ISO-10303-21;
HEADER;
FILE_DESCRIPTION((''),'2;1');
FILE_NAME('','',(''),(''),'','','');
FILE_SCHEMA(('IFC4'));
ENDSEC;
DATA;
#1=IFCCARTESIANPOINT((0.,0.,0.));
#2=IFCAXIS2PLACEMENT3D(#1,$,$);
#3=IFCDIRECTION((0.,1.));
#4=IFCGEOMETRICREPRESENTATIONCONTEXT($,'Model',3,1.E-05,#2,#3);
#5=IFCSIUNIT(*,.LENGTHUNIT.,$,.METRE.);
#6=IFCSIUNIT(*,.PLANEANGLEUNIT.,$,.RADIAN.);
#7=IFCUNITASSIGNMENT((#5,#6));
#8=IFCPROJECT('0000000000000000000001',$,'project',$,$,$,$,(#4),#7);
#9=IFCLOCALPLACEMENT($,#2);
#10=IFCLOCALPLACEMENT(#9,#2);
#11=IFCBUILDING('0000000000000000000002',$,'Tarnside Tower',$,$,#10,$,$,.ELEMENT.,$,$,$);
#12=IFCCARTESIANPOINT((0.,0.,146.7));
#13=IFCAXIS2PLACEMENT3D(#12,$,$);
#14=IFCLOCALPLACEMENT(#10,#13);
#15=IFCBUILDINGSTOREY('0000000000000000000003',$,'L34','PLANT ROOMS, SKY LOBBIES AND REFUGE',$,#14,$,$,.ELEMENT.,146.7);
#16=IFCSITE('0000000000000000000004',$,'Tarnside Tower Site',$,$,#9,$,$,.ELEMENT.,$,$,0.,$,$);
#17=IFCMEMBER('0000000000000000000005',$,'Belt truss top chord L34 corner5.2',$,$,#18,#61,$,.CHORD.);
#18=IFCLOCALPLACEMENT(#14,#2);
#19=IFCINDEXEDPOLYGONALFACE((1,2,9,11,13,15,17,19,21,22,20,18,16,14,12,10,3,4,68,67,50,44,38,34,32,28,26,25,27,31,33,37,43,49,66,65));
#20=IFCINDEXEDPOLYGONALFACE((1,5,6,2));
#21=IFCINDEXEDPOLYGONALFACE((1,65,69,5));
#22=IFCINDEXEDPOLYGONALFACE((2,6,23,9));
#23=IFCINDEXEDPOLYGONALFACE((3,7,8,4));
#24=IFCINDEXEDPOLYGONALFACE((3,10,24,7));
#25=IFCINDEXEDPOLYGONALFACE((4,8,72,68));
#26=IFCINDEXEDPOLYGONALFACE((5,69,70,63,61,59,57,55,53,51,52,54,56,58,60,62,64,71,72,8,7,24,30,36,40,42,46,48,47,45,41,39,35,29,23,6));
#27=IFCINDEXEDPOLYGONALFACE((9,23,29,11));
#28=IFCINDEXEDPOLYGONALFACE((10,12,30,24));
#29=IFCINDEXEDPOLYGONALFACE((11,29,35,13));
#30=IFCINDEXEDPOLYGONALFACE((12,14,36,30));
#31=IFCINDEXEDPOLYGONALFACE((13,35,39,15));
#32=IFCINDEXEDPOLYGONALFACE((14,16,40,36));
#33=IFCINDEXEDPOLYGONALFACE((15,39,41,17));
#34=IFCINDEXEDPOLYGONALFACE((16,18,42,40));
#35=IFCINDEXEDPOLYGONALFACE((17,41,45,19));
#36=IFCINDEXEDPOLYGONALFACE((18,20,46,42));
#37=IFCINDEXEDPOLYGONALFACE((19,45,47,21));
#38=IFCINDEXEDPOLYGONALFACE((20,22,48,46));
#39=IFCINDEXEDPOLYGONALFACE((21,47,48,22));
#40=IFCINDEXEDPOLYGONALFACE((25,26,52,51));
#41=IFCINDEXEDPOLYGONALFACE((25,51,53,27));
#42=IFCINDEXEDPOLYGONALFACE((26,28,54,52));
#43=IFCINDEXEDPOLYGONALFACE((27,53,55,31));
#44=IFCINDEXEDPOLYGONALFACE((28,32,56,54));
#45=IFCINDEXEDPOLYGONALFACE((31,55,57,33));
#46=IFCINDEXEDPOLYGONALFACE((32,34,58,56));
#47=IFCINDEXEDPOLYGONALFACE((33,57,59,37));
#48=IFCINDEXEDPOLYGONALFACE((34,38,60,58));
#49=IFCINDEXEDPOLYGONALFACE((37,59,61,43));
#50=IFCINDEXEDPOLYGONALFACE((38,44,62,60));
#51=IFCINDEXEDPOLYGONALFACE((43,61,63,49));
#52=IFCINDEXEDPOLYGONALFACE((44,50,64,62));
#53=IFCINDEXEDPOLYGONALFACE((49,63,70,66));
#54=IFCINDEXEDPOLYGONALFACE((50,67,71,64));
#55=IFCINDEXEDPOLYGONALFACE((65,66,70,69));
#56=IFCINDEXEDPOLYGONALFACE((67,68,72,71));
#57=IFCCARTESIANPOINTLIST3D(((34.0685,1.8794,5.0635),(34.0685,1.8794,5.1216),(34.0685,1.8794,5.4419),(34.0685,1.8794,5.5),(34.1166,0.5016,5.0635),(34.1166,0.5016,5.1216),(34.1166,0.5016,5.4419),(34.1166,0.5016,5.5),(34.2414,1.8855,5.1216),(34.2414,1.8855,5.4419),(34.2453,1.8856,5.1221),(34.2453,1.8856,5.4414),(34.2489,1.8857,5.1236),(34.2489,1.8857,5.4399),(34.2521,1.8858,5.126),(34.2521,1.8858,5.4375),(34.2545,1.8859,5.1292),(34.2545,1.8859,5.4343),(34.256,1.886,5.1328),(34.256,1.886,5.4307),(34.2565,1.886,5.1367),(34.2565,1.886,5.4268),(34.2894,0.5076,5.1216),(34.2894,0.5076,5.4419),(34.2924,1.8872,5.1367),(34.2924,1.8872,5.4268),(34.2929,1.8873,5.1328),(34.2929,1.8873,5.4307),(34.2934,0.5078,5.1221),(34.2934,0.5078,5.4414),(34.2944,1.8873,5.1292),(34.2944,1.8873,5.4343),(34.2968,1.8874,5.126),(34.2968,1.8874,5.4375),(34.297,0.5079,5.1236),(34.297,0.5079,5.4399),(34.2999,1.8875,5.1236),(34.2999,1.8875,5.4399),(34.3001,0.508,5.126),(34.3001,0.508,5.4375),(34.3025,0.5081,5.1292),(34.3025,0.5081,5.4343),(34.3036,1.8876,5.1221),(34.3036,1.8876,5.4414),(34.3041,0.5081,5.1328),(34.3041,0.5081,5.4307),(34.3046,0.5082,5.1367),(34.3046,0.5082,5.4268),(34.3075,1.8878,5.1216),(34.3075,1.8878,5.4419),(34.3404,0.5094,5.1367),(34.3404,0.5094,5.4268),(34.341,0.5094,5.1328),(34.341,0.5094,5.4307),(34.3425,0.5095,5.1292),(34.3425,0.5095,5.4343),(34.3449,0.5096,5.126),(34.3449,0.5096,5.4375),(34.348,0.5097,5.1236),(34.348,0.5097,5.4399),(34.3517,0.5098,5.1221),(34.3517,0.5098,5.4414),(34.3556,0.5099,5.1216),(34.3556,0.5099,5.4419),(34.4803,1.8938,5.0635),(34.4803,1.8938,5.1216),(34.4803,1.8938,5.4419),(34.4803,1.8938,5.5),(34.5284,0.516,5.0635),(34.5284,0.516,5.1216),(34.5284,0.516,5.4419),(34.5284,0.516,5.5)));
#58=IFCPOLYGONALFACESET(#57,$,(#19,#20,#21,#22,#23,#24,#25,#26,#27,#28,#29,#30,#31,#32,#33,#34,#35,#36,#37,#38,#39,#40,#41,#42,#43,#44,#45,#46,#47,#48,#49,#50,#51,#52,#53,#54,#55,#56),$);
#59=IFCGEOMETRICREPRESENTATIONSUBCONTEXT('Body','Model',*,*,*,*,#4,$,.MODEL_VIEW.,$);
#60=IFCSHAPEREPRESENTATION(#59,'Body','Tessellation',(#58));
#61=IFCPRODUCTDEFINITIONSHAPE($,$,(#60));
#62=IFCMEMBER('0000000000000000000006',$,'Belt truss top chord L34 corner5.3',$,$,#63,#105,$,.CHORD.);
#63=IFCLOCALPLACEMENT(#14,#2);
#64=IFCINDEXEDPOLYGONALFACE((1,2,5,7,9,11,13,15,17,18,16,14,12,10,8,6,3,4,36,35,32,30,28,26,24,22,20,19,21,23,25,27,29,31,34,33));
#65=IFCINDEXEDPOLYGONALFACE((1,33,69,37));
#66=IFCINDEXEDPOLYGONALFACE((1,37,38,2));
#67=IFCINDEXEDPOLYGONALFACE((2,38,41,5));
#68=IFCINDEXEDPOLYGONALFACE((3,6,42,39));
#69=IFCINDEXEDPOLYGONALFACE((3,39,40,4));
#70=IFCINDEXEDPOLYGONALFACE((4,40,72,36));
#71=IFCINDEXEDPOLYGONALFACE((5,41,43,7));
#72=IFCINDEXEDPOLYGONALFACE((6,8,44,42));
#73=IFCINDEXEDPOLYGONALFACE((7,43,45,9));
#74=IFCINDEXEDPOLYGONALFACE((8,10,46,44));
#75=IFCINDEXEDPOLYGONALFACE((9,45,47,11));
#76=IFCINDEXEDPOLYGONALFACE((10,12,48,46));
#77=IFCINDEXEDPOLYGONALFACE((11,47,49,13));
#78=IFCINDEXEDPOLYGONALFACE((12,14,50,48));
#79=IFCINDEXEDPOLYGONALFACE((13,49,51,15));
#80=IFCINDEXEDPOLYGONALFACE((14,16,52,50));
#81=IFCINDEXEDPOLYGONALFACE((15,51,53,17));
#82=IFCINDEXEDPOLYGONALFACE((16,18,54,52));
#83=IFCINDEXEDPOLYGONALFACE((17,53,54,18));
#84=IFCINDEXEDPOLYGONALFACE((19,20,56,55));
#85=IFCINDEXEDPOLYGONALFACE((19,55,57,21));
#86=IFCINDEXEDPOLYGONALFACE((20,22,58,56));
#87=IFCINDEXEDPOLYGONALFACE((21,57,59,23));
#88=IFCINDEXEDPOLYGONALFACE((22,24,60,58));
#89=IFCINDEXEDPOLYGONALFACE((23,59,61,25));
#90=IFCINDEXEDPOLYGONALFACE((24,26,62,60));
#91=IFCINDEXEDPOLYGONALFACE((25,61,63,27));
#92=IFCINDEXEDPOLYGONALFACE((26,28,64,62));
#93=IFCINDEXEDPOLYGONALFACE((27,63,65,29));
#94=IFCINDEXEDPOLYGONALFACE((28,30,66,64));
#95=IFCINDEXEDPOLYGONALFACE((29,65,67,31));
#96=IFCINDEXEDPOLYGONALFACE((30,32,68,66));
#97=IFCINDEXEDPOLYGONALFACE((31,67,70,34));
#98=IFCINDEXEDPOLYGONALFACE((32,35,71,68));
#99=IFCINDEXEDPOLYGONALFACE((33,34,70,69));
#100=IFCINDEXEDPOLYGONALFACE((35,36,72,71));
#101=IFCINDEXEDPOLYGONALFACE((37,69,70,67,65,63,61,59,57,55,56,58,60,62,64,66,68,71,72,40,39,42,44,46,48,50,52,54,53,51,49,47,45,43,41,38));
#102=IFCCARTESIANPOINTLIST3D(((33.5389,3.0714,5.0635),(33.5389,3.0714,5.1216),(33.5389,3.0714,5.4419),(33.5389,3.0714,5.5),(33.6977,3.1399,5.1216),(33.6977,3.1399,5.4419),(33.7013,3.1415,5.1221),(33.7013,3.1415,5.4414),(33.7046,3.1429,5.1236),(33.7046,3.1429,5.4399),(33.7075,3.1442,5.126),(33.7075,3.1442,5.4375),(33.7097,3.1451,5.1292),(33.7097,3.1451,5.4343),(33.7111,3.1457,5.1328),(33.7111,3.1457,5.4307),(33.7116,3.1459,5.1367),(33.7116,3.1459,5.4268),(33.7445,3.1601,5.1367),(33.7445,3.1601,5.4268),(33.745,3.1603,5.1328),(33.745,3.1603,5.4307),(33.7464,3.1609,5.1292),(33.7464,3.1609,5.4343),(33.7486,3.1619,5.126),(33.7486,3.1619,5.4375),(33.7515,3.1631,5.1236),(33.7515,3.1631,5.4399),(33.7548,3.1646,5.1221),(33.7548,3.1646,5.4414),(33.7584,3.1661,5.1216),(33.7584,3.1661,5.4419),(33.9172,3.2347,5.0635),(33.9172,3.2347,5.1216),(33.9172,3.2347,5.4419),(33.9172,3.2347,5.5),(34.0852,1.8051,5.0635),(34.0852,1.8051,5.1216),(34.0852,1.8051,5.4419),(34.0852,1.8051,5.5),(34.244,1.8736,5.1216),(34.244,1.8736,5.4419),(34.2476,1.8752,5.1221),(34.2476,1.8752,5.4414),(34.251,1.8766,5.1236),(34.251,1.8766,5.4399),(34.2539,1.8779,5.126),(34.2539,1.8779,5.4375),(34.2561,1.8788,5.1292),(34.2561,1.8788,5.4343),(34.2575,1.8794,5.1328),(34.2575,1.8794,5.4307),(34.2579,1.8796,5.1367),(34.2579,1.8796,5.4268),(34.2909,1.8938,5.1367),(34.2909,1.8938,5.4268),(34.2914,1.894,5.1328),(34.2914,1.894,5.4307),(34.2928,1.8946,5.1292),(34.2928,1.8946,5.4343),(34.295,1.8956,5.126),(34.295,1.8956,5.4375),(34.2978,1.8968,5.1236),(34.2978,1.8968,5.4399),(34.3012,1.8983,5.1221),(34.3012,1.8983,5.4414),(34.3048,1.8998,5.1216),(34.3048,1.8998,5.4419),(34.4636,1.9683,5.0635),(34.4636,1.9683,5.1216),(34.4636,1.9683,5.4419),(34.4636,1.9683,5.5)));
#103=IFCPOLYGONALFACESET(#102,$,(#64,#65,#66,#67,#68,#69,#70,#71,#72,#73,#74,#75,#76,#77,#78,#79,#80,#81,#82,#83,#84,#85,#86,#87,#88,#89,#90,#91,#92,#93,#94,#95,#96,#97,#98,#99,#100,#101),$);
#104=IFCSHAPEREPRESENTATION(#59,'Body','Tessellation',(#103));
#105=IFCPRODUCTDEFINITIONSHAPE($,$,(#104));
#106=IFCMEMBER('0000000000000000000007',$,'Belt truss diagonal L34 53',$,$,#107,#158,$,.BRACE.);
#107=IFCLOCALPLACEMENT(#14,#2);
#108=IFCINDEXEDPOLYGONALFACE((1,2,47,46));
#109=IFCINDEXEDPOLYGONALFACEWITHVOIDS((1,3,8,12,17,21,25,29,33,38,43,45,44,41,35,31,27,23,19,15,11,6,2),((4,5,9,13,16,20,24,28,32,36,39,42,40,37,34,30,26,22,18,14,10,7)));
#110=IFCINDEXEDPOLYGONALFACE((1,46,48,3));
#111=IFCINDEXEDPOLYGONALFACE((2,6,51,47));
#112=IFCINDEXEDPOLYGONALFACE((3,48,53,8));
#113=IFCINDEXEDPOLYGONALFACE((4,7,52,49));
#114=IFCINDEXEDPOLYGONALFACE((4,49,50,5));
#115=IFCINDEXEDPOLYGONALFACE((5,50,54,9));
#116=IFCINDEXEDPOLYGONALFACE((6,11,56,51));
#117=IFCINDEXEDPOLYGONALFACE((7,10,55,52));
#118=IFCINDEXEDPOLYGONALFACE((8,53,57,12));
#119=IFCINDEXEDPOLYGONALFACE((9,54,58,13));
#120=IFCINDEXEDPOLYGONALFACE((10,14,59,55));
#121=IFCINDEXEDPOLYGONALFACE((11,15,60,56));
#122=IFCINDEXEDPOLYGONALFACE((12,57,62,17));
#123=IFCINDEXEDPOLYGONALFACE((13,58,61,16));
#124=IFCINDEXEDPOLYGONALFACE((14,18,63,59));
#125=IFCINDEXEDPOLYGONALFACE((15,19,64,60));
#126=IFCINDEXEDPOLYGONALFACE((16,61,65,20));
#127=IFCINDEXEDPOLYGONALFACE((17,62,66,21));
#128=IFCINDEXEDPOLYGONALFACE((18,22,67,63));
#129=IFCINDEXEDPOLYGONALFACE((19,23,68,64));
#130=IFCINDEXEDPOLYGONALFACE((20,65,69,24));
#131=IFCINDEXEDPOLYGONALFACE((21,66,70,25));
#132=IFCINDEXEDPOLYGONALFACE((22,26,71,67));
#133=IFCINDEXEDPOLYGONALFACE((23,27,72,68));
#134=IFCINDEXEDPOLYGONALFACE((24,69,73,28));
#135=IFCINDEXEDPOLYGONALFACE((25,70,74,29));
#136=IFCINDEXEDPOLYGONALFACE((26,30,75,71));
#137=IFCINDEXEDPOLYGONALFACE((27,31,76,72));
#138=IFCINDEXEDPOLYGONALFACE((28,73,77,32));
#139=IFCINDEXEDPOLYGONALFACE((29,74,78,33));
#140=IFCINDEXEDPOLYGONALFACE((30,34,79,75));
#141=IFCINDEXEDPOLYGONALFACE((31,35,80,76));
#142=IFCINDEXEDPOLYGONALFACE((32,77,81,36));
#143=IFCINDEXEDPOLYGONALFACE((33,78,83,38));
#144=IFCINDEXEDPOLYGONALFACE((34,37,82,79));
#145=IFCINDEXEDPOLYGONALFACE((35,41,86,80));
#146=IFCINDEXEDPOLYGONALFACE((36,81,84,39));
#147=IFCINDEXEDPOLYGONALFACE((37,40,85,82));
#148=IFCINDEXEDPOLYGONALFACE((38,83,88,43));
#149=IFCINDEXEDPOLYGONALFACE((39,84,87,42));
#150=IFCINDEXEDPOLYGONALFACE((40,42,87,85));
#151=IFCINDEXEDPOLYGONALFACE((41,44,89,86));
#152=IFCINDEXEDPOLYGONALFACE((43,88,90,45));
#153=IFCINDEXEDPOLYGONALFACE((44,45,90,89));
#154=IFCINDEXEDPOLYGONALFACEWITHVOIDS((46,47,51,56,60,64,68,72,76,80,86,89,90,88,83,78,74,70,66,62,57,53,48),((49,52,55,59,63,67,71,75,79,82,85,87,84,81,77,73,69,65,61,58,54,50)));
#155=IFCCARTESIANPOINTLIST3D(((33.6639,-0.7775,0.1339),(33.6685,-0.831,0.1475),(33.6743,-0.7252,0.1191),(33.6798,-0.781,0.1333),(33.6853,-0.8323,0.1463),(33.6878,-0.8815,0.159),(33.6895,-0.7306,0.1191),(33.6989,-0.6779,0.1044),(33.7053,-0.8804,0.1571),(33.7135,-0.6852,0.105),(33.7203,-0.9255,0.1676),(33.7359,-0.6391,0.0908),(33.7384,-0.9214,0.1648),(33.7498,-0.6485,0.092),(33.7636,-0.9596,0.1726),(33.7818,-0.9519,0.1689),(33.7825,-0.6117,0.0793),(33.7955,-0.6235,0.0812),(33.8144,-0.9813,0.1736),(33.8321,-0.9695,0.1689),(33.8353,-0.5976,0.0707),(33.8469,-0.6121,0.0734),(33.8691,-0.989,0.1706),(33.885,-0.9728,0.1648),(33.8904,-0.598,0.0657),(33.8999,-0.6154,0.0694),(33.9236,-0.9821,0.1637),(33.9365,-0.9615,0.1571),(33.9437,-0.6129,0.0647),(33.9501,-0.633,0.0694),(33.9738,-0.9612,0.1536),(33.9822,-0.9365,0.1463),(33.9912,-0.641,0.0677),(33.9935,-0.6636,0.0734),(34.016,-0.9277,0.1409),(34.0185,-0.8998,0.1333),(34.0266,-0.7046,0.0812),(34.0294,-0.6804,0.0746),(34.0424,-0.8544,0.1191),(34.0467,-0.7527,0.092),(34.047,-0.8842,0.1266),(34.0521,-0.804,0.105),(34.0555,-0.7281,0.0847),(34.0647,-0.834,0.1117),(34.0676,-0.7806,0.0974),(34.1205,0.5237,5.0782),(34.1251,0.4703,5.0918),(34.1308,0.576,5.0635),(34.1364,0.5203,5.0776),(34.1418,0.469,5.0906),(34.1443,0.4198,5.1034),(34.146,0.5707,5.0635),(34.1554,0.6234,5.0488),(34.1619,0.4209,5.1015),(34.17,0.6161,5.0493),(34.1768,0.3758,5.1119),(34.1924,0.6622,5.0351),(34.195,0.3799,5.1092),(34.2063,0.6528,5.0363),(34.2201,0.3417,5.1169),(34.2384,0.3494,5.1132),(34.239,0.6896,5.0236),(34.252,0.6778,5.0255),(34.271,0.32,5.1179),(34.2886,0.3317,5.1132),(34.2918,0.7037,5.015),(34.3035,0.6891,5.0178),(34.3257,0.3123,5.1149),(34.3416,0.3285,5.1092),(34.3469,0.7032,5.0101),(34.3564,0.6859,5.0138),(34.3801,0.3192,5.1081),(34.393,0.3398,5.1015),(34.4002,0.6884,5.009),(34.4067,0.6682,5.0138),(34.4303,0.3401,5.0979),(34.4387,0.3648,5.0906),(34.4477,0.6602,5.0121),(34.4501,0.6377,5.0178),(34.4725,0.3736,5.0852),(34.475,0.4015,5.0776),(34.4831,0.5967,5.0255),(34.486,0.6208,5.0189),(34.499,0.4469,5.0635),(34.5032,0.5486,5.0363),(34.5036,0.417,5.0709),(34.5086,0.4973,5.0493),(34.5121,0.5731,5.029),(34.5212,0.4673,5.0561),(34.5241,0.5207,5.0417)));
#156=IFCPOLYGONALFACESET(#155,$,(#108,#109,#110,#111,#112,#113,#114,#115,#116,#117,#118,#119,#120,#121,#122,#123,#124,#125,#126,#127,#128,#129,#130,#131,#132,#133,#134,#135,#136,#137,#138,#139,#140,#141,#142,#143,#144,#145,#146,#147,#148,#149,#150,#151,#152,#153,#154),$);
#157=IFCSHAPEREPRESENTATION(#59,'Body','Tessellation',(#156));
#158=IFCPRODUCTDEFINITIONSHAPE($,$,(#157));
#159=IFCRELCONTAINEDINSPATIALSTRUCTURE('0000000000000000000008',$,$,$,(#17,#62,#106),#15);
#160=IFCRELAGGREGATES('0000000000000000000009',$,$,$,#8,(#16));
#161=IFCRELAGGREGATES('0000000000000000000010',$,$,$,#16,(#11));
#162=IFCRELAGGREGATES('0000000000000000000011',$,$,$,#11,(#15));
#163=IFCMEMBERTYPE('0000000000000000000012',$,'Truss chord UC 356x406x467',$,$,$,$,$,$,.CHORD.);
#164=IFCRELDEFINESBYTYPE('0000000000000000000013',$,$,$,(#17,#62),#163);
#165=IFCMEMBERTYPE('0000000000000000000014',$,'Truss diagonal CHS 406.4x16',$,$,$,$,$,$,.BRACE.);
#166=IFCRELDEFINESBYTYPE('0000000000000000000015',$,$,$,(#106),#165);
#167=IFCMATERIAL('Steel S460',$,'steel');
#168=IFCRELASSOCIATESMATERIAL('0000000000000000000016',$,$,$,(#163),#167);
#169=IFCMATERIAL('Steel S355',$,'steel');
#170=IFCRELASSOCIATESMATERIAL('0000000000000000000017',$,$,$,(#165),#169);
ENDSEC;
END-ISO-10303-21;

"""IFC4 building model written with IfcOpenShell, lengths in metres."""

from ifc_helpers import new_model, si_unit, direction, frame, origin, origin_2d, place, context, subcontext, project, spatial, hollow_circle, i_section, extrude, material, material_profile, profile_set, type_object, element, save


model = new_model("IFC4")

# Units and contexts
model_context = context("Model", 3, precision=1e-05, world=origin(), true_north=direction((0.0, 1.0)))
body_context = subcontext(model_context, "Body", "Model", "MODEL_VIEW")
ifc_project = project(units=[si_unit("LENGTHUNIT", "METRE"), si_unit("PLANEANGLEUNIT", "RADIAN")], contexts=[model_context])

# Site, building, storey
site_placement = place(None, origin())
site = spatial("IfcSite", under=ifc_project, at=site_placement, Name="Tarnside Tower Site", CompositionType="ELEMENT", RefElevation=0.0)
building_placement = place(site_placement, origin())
building = spatial("IfcBuilding", under=site, at=building_placement, Name="Tarnside Tower", CompositionType="ELEMENT")
storey_placement = place(building_placement, frame((0.0, 0.0, 146.7)))
storey = spatial("IfcBuildingStorey", under=building, at=storey_placement, Name="L34", Description="PLANT ROOMS, SKY LOBBIES AND REFUGE", CompositionType="ELEMENT", Elevation=146.7)

# Shared definitions
ifc_material_1 = material(Name="Steel S355", Category="steel")

# Members
ifc_material_2 = material(Name="Steel S460", Category="steel")
ifc_material_profile_1 = material_profile(ifc_material_2, i_section(OverallWidth=0.4121, OverallDepth=0.4365, WebThickness=0.0359, FlangeThickness=0.0581, FilletRadius=0.0151, at=origin_2d()), Name="UC 356x406x467")
ifc_profile_set_1 = profile_set([ifc_material_profile_1], Name="Steel S460")
member_type_1 = type_object("IfcMemberType", Name="Truss chord UC 356x406x467", PredefinedType="CHORD", material=ifc_profile_set_1)
member_1_placement = place(storey_placement, frame((34.3225, 0.5088, 5.2817), z_axis=(-0.034883, 0.999391, 0.0), x_axis=(-0.999391, -0.034883, 0.0)))
element("IfcMember", 1, at=member_1_placement, inside=storey, type_object=member_type_1, Name="Belt truss top chord L34 corner5.2", PredefinedType="CHORD", context=body_context, shape_type="SweptSolid", body=[
    extrude(i_section(OverallWidth=0.4121, OverallDepth=0.4365, WebThickness=0.0359, FlangeThickness=0.0581, FilletRadius=0.0151, at=origin_2d()), origin(), (0.0, 0.0, 1.0), 1.3787),
])
member_2_placement = place(storey_placement, frame((34.2744, 1.8867, 5.2817), z_axis=(-0.396161, 0.918181, 0.0), x_axis=(-0.918181, -0.396161, 0.0)))
element("IfcMember", 2, at=member_2_placement, inside=storey, type_object=member_type_1, Name="Belt truss top chord L34 corner5.3", PredefinedType="CHORD", context=body_context, shape_type="SweptSolid", body=[
    extrude(i_section(OverallWidth=0.4121, OverallDepth=0.4365, WebThickness=0.0359, FlangeThickness=0.0581, FilletRadius=0.0151, at=origin_2d()), origin(), (0.0, 0.0, 1.0), 1.3792),
])
ifc_material_profile_2 = material_profile(ifc_material_1, hollow_circle(Radius=0.2031, WallThickness=0.0161, at=origin_2d()), Name="CHS 406.4x16")
ifc_profile_set_2 = profile_set([ifc_material_profile_2], Name="Steel S355")
member_type_2 = type_object("IfcMemberType", Name="Truss diagonal CHS 406.4x16", PredefinedType="BRACE", material=ifc_profile_set_2)
for number, where, z_axis, x_axis, name in (
    (3, (33.866, -0.7925, 0.1191), (0.088942, 0.253508, 0.963236), (-0.94361, 0.33106, 0.0), "Belt truss diagonal L34 53"),
):
    element("IfcMember", number, at=place(storey_placement, frame(where, z_axis=z_axis, x_axis=x_axis)), inside=storey, type_object=member_type_2, Name=name, PredefinedType="BRACE", context=body_context, shape_type="SweptSolid", body=[
        extrude(hollow_circle(Radius=0.2031, WallThickness=0.0161, at=origin_2d()), origin(), (0.0, 0.0, 1.0), 5.1331),
    ])

save(model, "model.ifc")
